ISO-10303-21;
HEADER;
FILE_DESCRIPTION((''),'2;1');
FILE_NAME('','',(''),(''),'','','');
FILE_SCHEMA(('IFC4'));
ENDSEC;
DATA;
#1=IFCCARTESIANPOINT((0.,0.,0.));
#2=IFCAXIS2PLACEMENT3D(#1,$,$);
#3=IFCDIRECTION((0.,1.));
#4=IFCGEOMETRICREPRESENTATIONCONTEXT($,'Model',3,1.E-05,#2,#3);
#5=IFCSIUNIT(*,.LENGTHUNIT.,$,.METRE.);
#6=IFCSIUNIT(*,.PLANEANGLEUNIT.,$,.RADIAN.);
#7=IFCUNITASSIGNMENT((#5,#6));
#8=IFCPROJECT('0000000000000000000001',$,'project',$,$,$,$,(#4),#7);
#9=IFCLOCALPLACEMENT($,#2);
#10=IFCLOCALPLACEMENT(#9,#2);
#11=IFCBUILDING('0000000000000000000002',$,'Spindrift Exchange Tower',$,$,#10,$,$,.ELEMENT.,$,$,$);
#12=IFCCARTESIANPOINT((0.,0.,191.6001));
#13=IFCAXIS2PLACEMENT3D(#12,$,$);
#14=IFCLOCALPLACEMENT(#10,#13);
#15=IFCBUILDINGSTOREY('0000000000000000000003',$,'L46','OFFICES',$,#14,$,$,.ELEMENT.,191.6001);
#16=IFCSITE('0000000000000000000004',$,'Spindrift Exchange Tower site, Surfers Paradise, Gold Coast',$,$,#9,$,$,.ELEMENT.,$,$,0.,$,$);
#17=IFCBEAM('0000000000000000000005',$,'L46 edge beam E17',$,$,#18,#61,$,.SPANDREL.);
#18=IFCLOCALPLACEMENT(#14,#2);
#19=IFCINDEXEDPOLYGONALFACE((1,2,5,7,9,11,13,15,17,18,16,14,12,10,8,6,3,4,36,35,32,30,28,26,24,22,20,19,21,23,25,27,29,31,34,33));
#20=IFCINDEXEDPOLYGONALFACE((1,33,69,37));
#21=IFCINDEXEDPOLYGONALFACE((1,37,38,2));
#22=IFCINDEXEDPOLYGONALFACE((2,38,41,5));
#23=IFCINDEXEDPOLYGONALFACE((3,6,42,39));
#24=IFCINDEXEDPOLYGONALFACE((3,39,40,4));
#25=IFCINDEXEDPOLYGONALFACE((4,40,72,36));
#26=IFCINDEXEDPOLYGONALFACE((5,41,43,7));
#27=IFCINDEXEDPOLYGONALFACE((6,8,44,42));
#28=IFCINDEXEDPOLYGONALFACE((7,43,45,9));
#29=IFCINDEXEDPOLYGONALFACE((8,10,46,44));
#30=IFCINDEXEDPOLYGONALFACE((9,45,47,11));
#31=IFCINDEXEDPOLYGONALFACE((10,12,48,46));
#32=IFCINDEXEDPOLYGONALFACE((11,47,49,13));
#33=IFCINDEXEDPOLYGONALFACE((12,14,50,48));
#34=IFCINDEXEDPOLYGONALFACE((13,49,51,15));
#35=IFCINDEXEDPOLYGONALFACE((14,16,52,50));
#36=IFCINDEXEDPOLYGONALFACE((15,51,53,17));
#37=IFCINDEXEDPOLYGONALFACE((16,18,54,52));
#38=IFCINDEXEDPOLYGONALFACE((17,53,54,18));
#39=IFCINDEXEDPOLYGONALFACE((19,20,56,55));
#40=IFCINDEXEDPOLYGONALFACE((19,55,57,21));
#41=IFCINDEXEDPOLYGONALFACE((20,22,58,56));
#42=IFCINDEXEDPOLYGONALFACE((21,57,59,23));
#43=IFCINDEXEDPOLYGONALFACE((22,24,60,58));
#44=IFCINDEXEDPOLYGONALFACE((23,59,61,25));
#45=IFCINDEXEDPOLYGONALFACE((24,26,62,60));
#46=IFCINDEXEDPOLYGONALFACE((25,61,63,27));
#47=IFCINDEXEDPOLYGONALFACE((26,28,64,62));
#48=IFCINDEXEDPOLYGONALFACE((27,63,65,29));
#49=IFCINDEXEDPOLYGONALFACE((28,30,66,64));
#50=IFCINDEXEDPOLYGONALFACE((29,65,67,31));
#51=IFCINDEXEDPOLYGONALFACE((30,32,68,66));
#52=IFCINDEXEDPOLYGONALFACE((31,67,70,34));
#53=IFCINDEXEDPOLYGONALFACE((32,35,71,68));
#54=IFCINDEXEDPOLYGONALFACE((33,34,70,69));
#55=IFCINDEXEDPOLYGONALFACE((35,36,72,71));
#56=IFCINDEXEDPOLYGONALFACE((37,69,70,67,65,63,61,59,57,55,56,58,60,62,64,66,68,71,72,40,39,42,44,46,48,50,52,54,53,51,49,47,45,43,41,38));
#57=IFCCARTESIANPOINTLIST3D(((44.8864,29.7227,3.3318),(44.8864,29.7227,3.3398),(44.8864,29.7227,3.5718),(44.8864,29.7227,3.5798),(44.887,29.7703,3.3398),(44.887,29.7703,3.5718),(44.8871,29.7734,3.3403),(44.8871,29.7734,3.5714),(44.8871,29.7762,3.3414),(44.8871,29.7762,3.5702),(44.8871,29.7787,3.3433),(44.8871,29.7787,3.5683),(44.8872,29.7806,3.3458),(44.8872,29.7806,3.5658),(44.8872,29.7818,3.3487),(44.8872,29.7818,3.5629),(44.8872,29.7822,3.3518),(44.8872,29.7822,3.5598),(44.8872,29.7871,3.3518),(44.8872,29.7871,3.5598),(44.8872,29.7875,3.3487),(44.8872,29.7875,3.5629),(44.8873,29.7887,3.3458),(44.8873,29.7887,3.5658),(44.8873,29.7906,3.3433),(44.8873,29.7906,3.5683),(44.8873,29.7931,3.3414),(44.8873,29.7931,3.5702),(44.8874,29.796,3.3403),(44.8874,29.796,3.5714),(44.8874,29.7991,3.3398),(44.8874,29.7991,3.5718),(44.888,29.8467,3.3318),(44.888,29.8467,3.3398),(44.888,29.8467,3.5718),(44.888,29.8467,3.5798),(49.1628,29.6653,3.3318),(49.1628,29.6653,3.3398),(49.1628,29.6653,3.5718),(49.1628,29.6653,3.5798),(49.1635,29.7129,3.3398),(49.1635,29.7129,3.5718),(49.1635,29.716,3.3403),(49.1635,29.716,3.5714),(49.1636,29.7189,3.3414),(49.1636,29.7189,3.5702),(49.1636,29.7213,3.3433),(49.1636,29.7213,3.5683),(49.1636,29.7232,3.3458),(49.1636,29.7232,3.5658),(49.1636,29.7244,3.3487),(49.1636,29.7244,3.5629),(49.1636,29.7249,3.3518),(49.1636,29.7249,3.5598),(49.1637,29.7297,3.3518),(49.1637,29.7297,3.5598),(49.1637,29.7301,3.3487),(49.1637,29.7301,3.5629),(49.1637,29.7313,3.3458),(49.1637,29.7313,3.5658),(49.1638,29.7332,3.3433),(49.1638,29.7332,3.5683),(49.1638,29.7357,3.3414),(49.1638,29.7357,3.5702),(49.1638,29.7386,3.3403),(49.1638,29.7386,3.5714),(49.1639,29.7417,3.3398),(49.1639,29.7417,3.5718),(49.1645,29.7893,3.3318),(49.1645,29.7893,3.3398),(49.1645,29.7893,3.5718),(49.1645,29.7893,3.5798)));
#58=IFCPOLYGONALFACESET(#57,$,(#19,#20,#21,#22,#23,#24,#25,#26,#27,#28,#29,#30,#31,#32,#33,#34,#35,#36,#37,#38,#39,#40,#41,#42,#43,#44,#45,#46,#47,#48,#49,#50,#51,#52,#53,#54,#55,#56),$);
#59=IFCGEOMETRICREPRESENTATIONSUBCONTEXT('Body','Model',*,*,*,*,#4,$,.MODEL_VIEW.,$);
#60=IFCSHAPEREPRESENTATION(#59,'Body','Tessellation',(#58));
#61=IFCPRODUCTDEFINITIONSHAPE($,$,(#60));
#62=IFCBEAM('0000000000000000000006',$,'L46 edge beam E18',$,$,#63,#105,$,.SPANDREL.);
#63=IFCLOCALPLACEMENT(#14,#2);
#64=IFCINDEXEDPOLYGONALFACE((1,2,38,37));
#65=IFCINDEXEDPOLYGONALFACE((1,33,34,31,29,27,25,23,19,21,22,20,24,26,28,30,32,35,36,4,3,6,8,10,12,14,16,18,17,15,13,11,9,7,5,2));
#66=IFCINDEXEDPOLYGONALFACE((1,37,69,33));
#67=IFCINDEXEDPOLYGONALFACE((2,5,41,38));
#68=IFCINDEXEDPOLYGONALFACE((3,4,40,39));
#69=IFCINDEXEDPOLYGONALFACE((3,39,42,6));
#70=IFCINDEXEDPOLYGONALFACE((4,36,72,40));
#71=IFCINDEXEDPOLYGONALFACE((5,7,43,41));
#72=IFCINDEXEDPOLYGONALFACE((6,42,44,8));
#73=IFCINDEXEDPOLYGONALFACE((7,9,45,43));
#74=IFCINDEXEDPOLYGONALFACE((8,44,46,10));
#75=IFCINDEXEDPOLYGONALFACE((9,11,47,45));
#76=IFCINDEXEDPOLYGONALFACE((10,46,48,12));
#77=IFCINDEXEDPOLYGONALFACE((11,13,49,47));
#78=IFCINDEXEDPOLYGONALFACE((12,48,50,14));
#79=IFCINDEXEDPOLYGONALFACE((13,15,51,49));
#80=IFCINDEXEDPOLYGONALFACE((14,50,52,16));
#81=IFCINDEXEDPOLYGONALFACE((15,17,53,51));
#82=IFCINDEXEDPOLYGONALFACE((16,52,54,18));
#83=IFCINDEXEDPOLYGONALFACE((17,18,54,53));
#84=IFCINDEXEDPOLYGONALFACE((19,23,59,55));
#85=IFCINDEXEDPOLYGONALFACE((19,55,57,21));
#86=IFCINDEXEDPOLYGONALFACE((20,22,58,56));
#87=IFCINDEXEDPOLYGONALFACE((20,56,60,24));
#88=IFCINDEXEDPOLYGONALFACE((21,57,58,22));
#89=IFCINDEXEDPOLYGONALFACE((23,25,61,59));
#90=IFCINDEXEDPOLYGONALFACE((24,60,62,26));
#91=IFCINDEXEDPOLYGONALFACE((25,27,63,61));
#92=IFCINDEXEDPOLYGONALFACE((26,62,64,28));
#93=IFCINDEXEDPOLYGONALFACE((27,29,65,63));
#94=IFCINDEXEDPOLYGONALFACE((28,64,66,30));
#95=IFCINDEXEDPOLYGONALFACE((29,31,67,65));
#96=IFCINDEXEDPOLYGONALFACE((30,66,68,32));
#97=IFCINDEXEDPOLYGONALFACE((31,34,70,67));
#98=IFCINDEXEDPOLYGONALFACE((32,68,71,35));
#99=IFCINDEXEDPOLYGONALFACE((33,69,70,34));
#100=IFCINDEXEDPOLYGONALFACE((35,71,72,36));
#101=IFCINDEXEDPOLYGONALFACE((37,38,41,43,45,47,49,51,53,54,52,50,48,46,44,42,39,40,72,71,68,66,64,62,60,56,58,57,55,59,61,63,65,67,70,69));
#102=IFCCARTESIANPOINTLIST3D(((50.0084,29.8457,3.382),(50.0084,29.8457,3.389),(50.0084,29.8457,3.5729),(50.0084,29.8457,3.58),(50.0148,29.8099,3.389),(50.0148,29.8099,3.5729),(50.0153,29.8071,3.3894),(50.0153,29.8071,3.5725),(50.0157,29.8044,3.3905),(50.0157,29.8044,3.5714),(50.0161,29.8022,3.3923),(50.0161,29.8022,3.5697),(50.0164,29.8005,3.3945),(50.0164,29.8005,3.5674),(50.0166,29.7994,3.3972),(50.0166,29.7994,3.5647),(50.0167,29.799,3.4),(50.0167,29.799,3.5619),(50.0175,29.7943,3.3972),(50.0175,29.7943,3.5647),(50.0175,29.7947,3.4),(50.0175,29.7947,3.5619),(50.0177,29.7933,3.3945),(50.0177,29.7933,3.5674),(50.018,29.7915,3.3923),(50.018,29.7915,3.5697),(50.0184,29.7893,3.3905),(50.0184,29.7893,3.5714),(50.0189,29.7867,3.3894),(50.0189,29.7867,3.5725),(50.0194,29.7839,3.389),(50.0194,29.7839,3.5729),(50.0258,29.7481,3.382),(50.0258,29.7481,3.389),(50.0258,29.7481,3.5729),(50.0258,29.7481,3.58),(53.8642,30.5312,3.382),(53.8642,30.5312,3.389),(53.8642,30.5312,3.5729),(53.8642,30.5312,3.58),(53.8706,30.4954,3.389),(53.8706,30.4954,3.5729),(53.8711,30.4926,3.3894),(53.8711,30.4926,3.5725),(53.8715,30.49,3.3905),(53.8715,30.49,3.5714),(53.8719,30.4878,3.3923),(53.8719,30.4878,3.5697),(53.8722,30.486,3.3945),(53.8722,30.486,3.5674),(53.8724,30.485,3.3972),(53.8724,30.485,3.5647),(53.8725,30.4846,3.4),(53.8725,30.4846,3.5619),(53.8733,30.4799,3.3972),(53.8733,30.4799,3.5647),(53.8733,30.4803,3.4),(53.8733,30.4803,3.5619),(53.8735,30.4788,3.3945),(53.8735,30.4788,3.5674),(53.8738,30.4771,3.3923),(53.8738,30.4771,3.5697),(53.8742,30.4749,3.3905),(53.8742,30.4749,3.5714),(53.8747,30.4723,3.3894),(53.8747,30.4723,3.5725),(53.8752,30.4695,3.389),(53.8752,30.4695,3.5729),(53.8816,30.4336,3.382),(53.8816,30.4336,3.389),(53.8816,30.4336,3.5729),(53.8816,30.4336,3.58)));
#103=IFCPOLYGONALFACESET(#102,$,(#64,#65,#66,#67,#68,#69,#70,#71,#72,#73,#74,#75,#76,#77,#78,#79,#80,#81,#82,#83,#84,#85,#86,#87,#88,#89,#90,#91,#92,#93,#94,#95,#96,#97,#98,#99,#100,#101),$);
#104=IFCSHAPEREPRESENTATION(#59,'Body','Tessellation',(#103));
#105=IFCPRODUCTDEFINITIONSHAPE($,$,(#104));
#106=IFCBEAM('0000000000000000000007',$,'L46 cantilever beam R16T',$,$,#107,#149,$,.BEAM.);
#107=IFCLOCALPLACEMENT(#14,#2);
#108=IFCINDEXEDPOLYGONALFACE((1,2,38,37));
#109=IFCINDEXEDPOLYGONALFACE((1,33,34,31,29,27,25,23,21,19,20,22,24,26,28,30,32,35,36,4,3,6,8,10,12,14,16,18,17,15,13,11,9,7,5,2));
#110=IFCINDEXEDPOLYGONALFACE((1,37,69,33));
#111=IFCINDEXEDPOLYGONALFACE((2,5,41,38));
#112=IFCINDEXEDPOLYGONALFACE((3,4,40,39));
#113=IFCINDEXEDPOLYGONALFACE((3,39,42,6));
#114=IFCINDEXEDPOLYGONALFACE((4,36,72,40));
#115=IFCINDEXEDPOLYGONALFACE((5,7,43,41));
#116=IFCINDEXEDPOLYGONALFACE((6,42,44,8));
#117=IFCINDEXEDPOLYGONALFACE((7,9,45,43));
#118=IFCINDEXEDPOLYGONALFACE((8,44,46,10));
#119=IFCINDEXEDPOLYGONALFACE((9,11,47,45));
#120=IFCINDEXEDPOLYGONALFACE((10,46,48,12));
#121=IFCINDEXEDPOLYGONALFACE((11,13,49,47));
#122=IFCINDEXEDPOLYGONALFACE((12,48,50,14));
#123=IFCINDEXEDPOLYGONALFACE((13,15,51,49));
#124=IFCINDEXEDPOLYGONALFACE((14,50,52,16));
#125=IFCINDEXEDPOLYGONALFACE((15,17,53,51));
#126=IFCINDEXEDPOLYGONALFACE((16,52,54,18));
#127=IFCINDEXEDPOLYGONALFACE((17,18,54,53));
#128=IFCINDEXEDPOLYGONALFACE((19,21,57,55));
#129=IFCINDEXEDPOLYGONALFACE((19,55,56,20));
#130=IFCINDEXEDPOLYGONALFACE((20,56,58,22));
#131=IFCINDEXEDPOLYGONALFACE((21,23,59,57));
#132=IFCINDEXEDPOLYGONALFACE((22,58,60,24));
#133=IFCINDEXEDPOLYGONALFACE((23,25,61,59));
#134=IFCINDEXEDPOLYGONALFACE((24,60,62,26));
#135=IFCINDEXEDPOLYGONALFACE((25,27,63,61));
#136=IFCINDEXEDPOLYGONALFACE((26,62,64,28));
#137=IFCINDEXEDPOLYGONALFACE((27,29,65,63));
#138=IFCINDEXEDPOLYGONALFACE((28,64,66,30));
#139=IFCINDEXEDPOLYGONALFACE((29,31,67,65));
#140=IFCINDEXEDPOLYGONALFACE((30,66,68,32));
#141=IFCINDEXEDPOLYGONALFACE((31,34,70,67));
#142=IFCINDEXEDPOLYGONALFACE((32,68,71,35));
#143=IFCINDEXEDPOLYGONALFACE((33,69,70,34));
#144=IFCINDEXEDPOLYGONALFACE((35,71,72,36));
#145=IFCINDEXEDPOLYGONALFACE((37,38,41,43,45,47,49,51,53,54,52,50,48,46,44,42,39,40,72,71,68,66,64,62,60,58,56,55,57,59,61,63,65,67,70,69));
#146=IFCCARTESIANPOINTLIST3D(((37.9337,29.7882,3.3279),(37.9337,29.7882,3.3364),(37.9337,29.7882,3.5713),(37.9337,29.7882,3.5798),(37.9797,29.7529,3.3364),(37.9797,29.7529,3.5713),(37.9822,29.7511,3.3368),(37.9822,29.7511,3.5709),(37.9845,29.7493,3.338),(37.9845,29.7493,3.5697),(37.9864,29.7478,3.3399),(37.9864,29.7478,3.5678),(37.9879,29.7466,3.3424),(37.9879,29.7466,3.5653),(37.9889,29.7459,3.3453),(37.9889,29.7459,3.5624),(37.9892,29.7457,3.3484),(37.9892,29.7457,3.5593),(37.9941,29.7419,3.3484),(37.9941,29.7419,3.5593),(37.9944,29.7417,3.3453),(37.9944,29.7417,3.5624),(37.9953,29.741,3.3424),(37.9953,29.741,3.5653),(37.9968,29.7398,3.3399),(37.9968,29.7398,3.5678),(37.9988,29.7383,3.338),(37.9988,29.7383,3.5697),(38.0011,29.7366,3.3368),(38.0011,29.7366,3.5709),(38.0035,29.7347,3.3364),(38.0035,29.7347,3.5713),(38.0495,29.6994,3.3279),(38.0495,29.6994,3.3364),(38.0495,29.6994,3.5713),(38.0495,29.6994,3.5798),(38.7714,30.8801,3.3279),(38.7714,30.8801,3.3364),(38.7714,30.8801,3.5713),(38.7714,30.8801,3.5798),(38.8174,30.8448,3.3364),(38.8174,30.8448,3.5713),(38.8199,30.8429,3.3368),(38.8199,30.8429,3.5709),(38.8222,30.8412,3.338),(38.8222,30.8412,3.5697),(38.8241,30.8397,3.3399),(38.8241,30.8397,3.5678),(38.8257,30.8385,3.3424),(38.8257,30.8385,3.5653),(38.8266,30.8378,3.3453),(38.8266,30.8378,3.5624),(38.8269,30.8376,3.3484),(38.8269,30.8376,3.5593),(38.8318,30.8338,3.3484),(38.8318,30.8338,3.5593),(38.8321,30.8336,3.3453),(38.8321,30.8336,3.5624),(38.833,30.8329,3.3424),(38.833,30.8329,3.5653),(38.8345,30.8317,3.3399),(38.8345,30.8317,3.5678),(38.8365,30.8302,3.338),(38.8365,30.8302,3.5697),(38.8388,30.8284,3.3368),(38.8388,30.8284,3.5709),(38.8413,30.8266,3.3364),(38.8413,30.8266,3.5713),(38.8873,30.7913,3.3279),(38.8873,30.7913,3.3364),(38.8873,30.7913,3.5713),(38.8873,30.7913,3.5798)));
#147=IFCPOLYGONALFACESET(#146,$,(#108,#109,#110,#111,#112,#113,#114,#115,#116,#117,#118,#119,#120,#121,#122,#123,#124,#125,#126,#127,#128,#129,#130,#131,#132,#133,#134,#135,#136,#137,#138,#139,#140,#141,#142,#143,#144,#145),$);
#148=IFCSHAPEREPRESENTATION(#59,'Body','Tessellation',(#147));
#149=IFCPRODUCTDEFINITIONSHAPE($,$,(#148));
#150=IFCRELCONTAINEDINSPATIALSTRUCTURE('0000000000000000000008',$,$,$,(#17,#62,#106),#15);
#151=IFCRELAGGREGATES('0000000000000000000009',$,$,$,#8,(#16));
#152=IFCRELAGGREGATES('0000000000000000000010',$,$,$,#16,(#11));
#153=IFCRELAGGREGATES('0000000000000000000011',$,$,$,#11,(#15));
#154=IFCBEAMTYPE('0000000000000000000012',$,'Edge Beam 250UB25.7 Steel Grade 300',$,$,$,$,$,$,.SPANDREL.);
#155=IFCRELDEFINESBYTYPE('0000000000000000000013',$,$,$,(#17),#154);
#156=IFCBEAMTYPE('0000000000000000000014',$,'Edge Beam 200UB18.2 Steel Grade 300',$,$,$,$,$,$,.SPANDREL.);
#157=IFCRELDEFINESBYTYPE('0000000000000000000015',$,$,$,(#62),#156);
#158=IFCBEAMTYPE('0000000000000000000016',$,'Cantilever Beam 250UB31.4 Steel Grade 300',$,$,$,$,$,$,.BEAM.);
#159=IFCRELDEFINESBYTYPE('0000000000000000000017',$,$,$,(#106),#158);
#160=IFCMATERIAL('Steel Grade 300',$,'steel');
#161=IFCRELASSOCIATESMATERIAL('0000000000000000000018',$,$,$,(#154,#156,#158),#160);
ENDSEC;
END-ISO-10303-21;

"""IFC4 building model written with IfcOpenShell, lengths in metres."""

from ifc_helpers import new_model, si_unit, direction, frame, origin, origin_2d, place, context, subcontext, project, spatial, i_section, extrude, source, transform, mapped, material, material_profile, profile_set, type_object, element, save


model = new_model("IFC4")

# Units and contexts
model_context = context("Model", 3, precision=1e-05, world=origin(), true_north=direction((0.0, 1.0)))
body_context = subcontext(model_context, "Body", "Model", "MODEL_VIEW")
ifc_project = project(units=[si_unit("LENGTHUNIT", "METRE"), si_unit("PLANEANGLEUNIT", "RADIAN")], contexts=[model_context])

# Site, building, storey
site_placement = place(None, origin())
site = spatial("IfcSite", under=ifc_project, at=site_placement, Name="Spindrift Exchange Tower site, Surfers Paradise, Gold Coast", CompositionType="ELEMENT", RefElevation=0.0)
building_placement = place(site_placement, origin())
building = spatial("IfcBuilding", under=site, at=building_placement, Name="Spindrift Exchange Tower", CompositionType="ELEMENT")
storey_placement = place(building_placement, frame((0.0, 0.0, 191.6001)))
storey = spatial("IfcBuildingStorey", under=building, at=storey_placement, Name="L46", Description="OFFICES", CompositionType="ELEMENT", Elevation=191.6001)

# Beams
ifc_material_1 = material(Name="Steel Grade 300", Category="steel")
ifc_material_profile_1 = material_profile(ifc_material_1, i_section(OverallWidth=0.124, OverallDepth=0.248, WebThickness=0.0049, FlangeThickness=0.0081, FilletRadius=0.012, at=origin_2d()), Name="250UB25.7")
ifc_profile_set_1 = profile_set([ifc_material_profile_1], Name="Steel Grade 300")
beam_type_1 = type_object("IfcBeamType", Name="Edge Beam 250UB25.7 Steel Grade 300", PredefinedType="SPANDREL", material=ifc_profile_set_1)
shared_shape_1 = source(origin(), body_context, "Body", "SweptSolid", [
    extrude(i_section(OverallWidth=0.124, OverallDepth=0.248, WebThickness=0.0049, FlangeThickness=0.0081, FilletRadius=0.012, at=origin_2d()), origin(), (0.0, 0.0, 1.0), 4.2769),
])
beam_1_placement = place(storey_placement, frame((44.8872, 29.7847, 3.4558), z_axis=(0.99991, -0.013415, 0.0), x_axis=(0.013415, 0.99991, 0.0)))
element("IfcBeam", 1, at=beam_1_placement, inside=storey, type_object=beam_type_1, Name="L46 edge beam E17", PredefinedType="SPANDREL", context=body_context, shape_type="MappedRepresentation", body=[
    mapped(shared_shape_1, transform((0.0, 0.0, 0.0), scale=1.0)),
])
ifc_material_profile_2 = material_profile(ifc_material_1, i_section(OverallWidth=0.0991, OverallDepth=0.198, WebThickness=0.0044, FlangeThickness=0.0071, FilletRadius=0.011, at=origin_2d()), Name="200UB18.2")
ifc_profile_set_2 = profile_set([ifc_material_profile_2], Name="Steel Grade 300")
beam_type_2 = type_object("IfcBeamType", Name="Edge Beam 200UB18.2 Steel Grade 300", PredefinedType="SPANDREL", material=ifc_profile_set_2)
shared_shape_2 = source(origin(), body_context, "Body", "SweptSolid", [
    extrude(i_section(OverallWidth=0.0991, OverallDepth=0.198, WebThickness=0.0044, FlangeThickness=0.0071, FilletRadius=0.011, at=origin_2d()), origin(), (0.0, 0.0, 1.0), 3.9163),
])
beam_2_placement = place(storey_placement, frame((50.0171, 29.7969, 3.481), z_axis=(0.984559, 0.175055, 0.0), x_axis=(-0.175055, 0.984559, 0.0)))
element("IfcBeam", 2, at=beam_2_placement, inside=storey, type_object=beam_type_2, Name="L46 edge beam E18", PredefinedType="SPANDREL", context=body_context, shape_type="MappedRepresentation", body=[
    mapped(shared_shape_2, transform((0.0, 0.0, 0.0), scale=1.0)),
])
ifc_material_profile_3 = material_profile(ifc_material_1, i_section(OverallWidth=0.146, OverallDepth=0.252, WebThickness=0.0061, FlangeThickness=0.0085, FilletRadius=0.012, at=origin_2d()), Name="250UB31.4")
ifc_profile_set_3 = profile_set([ifc_material_profile_3], Name="Steel Grade 300")
beam_type_3 = type_object("IfcBeamType", Name="Cantilever Beam 250UB31.4 Steel Grade 300", PredefinedType="BEAM", material=ifc_profile_set_3)
shared_shape_3 = source(origin(), body_context, "Body", "SweptSolid", [
    extrude(i_section(OverallWidth=0.146, OverallDepth=0.252, WebThickness=0.0061, FlangeThickness=0.0085, FilletRadius=0.012, at=origin_2d()), origin(), (0.0, 0.0, 1.0), 1.3762),
])
beam_3_placement = place(storey_placement, frame((38.8293, 30.8357, 3.4539), z_axis=(-0.608707, -0.793395, 0.0), x_axis=(0.793395, -0.608707, 0.0)))
element("IfcBeam", 3, at=beam_3_placement, inside=storey, type_object=beam_type_3, Name="L46 cantilever beam R16T", PredefinedType="BEAM", context=body_context, shape_type="MappedRepresentation", body=[
    mapped(shared_shape_3, transform((0.0, 0.0, 0.0), scale=1.0)),
])

save(model, "model.ifc")
